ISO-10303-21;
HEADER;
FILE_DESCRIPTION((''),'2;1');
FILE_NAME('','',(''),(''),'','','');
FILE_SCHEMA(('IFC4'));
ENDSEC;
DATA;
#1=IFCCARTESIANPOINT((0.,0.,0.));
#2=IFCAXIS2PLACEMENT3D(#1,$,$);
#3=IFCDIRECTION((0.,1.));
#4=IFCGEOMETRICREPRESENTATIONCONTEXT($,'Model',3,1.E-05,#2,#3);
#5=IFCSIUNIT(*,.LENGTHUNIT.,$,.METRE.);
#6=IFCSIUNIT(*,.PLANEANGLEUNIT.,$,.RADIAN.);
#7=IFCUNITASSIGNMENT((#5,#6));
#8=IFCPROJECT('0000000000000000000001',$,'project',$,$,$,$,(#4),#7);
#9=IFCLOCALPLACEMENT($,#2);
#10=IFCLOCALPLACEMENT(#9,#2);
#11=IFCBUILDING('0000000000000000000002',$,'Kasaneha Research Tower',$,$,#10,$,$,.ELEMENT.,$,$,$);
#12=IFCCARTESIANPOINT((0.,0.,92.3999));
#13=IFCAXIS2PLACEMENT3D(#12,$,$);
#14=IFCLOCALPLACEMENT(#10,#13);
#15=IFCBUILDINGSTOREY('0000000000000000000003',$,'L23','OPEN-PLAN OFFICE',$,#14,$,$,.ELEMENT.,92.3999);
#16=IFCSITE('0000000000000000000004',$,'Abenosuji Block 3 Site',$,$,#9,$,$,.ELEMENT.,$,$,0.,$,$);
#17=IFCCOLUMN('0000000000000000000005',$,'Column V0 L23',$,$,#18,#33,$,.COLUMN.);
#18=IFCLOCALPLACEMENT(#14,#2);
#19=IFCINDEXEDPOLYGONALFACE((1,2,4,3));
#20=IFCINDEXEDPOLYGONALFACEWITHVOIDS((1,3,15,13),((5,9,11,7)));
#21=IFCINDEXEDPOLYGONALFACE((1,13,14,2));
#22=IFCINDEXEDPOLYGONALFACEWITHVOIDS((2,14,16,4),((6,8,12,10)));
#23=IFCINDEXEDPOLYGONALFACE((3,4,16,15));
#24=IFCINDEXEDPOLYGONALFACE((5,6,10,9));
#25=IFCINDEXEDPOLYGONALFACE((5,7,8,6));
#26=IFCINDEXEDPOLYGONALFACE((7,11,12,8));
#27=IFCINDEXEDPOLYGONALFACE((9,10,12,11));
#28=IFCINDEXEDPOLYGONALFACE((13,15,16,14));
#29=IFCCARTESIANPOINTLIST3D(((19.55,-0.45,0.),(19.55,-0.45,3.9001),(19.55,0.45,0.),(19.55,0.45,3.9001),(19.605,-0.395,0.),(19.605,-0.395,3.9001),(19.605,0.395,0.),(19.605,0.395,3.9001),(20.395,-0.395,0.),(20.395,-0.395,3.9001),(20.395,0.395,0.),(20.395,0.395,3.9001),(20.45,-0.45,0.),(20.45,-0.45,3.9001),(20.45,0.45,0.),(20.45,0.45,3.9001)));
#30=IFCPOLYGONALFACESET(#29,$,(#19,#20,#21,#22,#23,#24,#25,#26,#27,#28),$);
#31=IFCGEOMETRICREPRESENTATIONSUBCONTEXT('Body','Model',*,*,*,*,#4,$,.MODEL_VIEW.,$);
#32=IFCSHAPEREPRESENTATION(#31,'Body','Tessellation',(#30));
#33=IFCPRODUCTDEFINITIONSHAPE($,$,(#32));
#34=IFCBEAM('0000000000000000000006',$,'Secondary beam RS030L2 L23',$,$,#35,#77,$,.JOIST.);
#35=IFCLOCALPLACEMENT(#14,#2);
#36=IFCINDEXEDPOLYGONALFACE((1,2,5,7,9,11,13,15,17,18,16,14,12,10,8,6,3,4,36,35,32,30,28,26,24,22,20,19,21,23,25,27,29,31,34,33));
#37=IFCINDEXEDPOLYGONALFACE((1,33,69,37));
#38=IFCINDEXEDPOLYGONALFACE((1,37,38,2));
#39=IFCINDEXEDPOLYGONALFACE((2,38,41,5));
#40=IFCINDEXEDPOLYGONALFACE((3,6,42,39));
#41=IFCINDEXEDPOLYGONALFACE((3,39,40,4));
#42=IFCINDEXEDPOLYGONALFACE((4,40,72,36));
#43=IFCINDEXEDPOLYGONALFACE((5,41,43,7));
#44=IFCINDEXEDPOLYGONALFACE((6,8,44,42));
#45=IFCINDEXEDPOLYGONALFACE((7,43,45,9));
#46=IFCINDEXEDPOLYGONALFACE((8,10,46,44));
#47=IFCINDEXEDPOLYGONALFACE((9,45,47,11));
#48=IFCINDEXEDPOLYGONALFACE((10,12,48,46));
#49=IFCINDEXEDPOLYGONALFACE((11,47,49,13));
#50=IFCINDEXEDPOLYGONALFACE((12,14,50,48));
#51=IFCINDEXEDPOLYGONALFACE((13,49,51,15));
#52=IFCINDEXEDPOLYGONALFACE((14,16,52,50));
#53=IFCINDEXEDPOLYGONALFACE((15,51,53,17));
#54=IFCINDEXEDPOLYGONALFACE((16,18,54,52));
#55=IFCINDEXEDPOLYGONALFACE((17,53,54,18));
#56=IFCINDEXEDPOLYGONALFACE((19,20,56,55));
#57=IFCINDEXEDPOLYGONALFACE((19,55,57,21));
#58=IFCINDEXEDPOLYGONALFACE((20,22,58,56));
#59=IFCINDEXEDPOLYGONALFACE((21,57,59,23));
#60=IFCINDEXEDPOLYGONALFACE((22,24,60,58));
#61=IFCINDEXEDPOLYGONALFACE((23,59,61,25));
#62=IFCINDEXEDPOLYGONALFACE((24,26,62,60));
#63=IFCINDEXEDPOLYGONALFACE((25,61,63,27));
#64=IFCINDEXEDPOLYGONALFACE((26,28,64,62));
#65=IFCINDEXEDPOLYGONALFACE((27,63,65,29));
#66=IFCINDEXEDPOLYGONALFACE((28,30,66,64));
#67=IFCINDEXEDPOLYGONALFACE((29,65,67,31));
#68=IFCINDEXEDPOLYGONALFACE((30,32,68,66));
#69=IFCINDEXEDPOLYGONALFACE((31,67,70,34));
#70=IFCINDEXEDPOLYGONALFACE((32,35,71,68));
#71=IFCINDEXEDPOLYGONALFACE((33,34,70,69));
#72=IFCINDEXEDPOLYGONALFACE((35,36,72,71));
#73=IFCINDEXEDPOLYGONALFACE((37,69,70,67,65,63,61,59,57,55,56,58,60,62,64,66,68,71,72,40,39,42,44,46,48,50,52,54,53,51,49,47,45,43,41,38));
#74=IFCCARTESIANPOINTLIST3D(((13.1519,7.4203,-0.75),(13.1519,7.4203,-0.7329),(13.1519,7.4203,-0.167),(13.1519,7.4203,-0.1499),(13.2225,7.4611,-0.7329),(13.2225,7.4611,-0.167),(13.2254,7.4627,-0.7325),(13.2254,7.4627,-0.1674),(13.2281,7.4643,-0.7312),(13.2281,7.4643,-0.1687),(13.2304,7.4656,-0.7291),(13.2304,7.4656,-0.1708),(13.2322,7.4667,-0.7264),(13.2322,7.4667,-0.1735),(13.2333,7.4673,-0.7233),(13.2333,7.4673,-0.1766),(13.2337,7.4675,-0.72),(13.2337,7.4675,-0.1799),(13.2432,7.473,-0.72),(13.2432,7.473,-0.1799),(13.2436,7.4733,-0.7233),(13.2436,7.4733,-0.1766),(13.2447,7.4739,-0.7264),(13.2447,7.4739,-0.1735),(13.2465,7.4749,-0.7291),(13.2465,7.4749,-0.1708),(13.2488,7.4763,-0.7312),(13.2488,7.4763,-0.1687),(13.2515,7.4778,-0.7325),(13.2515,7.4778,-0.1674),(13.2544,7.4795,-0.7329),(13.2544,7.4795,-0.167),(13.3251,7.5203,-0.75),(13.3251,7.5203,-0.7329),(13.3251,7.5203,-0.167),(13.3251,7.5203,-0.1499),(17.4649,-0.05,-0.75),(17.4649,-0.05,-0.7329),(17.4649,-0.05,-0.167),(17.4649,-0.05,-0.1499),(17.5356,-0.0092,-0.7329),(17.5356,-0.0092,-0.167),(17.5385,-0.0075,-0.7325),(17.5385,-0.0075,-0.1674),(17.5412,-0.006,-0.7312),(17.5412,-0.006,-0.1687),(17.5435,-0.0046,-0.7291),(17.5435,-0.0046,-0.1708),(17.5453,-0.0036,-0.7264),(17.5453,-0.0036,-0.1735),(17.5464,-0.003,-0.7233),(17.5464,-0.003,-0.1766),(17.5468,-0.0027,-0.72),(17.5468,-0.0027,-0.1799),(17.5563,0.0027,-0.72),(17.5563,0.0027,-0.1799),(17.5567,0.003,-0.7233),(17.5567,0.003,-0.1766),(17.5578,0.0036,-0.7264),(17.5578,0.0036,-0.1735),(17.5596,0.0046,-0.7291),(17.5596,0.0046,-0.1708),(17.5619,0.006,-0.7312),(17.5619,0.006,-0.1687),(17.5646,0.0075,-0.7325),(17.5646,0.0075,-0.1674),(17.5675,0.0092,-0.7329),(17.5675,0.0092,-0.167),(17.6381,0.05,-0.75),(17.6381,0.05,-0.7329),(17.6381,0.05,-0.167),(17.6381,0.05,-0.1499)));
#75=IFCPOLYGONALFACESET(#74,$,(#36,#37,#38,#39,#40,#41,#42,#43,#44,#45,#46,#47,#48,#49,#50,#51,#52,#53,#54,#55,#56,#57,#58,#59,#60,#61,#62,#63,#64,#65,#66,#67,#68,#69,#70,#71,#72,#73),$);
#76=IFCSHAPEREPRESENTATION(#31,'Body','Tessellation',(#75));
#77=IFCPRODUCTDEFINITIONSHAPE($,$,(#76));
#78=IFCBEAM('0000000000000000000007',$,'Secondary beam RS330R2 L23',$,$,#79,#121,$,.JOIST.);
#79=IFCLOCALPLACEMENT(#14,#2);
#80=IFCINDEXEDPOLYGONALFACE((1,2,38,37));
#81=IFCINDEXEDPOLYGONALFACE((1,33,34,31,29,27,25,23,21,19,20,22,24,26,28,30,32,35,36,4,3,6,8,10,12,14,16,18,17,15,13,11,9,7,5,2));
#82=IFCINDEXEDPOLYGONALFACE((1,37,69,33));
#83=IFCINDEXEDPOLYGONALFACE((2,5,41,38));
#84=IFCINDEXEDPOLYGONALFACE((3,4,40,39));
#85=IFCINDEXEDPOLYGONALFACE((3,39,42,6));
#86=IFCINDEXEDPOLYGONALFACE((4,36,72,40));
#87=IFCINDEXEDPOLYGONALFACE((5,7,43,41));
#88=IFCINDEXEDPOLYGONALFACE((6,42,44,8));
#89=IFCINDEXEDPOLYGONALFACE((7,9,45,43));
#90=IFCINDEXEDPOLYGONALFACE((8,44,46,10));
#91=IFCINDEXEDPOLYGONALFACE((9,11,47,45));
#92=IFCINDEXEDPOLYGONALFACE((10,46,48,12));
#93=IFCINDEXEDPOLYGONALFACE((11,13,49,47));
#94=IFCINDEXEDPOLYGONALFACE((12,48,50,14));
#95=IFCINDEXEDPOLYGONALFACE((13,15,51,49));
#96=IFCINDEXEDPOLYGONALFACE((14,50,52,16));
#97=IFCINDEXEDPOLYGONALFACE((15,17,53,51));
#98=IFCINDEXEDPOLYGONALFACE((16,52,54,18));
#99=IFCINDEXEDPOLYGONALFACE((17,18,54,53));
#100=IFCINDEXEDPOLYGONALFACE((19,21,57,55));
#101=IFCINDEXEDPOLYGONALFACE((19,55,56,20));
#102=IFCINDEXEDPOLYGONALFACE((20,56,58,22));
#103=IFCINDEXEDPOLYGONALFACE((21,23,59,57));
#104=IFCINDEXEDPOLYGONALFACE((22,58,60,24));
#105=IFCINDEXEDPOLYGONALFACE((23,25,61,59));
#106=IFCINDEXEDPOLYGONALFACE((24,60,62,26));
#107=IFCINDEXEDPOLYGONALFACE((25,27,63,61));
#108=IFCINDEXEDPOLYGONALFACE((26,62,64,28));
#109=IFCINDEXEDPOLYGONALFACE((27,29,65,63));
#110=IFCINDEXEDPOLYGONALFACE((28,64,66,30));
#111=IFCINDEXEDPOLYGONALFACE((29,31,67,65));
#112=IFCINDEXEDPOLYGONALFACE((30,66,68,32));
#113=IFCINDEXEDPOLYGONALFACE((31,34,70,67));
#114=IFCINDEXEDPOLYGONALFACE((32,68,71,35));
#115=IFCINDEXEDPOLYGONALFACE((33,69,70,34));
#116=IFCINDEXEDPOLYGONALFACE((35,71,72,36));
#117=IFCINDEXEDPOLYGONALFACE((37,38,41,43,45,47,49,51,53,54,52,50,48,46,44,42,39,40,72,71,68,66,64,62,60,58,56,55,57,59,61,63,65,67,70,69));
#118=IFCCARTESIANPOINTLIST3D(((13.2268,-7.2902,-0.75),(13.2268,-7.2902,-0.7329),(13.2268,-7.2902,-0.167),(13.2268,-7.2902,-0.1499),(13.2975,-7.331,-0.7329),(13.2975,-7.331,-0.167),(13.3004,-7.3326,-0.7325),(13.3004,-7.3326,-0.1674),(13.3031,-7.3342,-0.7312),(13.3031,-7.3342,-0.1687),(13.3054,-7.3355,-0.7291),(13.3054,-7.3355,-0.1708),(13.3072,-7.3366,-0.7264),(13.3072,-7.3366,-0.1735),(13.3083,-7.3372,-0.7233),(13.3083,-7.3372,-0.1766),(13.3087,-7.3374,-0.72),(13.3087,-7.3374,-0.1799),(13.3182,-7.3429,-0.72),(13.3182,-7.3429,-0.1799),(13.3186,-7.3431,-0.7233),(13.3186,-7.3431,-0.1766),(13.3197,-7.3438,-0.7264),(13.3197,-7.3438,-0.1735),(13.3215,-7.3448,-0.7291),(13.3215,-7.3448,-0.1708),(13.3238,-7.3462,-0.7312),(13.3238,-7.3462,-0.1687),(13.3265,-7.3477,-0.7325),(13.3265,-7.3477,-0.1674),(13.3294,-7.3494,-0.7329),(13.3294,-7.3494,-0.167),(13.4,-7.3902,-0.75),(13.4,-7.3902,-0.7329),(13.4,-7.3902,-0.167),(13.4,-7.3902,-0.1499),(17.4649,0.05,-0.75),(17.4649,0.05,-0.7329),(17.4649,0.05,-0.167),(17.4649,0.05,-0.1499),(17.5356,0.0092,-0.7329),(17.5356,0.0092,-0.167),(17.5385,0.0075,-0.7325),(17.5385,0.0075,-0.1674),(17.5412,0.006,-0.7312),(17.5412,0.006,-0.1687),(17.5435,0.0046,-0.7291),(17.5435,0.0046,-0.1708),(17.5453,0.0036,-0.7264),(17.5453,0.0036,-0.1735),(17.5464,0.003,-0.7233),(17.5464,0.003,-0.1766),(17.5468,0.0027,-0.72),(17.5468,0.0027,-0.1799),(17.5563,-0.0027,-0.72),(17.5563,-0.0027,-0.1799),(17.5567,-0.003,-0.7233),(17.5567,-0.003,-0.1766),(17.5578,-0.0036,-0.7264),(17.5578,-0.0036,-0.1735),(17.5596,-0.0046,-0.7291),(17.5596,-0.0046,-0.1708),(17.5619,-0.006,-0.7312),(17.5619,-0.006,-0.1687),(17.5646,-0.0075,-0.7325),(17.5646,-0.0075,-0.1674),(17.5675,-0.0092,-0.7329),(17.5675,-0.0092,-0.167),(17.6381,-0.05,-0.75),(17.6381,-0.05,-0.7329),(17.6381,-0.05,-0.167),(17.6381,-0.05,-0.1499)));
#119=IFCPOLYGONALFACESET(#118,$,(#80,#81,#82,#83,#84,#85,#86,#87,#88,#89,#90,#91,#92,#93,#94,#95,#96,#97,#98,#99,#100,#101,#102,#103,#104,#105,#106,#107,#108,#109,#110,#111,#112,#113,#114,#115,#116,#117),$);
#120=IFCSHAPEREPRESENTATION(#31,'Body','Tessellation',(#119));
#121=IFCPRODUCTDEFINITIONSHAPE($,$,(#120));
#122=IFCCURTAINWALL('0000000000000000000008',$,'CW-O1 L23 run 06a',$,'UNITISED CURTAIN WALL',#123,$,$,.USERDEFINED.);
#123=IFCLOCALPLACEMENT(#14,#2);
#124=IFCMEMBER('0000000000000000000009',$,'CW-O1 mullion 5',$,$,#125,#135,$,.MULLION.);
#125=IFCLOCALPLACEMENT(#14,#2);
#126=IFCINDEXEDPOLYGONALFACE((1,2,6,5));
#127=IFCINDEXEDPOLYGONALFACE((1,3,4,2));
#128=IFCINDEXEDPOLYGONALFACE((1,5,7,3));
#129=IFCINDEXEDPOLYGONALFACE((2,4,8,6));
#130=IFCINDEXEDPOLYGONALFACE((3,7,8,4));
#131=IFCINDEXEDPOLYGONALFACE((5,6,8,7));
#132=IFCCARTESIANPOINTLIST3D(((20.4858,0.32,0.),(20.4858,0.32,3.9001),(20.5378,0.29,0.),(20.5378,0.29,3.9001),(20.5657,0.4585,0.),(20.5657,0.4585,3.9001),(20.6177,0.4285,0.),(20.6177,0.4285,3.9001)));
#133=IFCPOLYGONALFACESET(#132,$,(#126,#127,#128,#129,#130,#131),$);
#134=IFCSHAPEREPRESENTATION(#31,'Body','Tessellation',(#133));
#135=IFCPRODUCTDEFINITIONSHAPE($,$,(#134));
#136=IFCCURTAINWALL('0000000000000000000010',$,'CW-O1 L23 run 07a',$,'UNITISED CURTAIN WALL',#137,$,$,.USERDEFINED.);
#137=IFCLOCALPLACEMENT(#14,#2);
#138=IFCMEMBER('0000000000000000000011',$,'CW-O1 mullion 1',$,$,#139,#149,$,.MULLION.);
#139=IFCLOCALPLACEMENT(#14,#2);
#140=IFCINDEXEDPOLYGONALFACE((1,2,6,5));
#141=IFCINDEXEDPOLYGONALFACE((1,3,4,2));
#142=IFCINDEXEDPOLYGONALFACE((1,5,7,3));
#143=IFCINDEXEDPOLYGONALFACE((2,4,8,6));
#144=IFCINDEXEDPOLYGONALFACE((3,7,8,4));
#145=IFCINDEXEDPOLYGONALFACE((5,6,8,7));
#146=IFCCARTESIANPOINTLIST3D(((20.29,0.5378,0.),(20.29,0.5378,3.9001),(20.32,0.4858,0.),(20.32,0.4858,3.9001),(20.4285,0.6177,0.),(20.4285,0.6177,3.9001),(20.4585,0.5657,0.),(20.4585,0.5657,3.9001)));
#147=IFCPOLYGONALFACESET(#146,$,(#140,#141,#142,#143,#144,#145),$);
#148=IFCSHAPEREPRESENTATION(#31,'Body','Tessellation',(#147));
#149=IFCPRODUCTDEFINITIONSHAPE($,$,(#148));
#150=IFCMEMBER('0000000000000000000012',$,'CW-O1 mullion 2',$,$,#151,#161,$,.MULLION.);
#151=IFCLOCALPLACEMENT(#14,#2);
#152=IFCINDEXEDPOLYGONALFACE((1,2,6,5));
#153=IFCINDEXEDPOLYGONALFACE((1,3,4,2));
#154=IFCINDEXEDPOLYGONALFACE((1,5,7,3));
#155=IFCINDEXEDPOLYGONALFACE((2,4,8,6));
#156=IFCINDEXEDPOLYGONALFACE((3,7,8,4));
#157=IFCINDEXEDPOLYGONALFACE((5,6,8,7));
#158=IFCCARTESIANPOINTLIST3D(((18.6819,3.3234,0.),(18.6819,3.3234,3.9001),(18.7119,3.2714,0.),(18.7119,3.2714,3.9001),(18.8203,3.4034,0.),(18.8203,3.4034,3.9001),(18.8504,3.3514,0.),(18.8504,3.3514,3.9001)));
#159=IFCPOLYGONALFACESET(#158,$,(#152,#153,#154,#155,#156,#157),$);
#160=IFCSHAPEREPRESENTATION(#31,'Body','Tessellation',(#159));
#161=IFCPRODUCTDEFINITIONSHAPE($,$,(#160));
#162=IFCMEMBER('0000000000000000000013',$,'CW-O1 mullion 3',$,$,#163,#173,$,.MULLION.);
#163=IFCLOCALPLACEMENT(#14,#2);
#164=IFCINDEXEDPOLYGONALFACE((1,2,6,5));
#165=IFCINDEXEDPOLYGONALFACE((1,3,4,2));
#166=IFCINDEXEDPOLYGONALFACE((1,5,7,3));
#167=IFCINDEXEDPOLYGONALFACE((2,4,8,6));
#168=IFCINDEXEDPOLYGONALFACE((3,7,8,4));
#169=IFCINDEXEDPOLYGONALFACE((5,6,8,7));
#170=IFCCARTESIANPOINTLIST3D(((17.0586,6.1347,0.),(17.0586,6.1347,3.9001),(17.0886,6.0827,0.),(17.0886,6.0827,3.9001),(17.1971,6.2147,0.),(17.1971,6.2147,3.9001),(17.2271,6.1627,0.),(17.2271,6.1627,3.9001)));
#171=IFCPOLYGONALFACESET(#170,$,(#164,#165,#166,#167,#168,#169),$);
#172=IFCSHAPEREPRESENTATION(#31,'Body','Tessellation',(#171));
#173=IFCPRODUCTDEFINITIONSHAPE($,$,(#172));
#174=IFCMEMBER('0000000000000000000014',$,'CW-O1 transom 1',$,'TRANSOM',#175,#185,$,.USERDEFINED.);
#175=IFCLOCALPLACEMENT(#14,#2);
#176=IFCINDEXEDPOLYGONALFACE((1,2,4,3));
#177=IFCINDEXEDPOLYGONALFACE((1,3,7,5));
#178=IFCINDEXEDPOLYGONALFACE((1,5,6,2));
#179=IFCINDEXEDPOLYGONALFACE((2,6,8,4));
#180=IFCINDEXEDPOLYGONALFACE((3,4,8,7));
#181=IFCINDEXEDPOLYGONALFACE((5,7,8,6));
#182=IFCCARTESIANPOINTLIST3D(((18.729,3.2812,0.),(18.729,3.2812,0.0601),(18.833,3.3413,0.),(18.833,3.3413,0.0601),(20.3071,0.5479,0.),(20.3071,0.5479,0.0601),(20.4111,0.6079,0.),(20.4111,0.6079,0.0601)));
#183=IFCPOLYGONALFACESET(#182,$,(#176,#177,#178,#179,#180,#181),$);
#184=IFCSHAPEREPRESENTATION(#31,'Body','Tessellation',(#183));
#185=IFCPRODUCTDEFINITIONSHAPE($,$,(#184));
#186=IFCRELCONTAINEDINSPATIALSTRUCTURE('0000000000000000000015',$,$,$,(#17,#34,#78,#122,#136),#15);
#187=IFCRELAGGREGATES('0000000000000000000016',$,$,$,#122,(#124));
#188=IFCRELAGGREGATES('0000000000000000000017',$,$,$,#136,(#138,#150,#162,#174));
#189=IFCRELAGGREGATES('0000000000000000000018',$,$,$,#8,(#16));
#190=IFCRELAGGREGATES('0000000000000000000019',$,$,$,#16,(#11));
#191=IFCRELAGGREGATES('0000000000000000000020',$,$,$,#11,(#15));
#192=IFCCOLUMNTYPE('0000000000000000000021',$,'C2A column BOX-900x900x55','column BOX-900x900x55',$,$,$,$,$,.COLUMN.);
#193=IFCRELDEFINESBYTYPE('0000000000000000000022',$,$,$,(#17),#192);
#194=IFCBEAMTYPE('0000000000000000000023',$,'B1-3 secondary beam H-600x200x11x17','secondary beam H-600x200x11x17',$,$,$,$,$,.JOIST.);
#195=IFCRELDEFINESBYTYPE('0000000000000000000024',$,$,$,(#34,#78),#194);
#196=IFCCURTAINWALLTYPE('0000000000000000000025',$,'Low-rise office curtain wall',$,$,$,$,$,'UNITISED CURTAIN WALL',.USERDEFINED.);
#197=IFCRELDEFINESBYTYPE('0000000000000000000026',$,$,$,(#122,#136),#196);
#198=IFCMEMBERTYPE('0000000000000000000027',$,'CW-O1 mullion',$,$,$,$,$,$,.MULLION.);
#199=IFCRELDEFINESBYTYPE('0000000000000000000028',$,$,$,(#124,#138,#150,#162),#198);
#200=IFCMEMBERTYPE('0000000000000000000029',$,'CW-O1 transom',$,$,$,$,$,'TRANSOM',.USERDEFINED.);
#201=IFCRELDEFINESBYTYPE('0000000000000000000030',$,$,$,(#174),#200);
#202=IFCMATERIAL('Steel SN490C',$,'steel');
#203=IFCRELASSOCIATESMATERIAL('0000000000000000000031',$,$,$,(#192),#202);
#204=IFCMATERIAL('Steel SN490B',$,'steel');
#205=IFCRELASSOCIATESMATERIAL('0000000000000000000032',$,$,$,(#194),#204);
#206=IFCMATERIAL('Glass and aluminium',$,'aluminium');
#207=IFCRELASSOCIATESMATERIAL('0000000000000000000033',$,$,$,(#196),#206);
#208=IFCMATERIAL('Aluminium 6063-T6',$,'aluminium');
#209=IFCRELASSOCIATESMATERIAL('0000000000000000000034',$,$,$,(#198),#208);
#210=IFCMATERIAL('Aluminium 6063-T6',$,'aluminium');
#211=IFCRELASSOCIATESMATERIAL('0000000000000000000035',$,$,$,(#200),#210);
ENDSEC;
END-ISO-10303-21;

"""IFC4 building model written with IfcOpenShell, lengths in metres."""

from ifc_helpers import new_model, si_unit, direction, frame, origin, origin_2d, place, context, subcontext, project, spatial, rectangle, hollow_rectangle, i_section, extrude, material, material_profile, profile_set, type_object, element, aggregate, save


model = new_model("IFC4")

# Units and contexts
model_context = context("Model", 3, precision=1e-05, world=origin(), true_north=direction((0.0, 1.0)))
body_context = subcontext(model_context, "Body", "Model", "MODEL_VIEW")
ifc_project = project(units=[si_unit("LENGTHUNIT", "METRE"), si_unit("PLANEANGLEUNIT", "RADIAN")], contexts=[model_context])

# Site, building, storey
site_placement = place(None, origin())
site = spatial("IfcSite", under=ifc_project, at=site_placement, Name="Abenosuji Block 3 Site", CompositionType="ELEMENT", RefElevation=0.0)
building_placement = place(site_placement, origin())
building = spatial("IfcBuilding", under=site, at=building_placement, Name="Kasaneha Research Tower", CompositionType="ELEMENT")
storey_placement = place(building_placement, frame((0.0, 0.0, 92.3999)))
storey = spatial("IfcBuildingStorey", under=building, at=storey_placement, Name="L23", Description="OPEN-PLAN OFFICE", CompositionType="ELEMENT", Elevation=92.3999)

# Column
ifc_material_1 = material(Name="Steel SN490C", Category="steel")
ifc_material_profile_1 = material_profile(ifc_material_1, hollow_rectangle(XDim=0.8999, YDim=0.8999, WallThickness=0.0549, at=origin_2d()), Name="BOX-900x900x55")
ifc_profile_set_1 = profile_set([ifc_material_profile_1], Name="Steel SN490C")
column_type = type_object("IfcColumnType", Name="C2A column BOX-900x900x55", Description="column BOX-900x900x55", PredefinedType="COLUMN", material=ifc_profile_set_1)
column_placement = place(storey_placement, frame((20.0, 0.0, 0.0), z_axis=(0.0, 0.0, 1.0), x_axis=(1.0, 0.0, 0.0)))
element("IfcColumn", 1, at=column_placement, inside=storey, type_object=column_type, Name="Column V0 L23", PredefinedType="COLUMN", context=body_context, shape_type="SweptSolid", body=[
    extrude(hollow_rectangle(XDim=0.8999, YDim=0.8999, WallThickness=0.0549, at=origin_2d()), origin(), (0.0, 0.0, 1.0), 3.9001),
])

# Beams
ifc_material_2 = material(Name="Steel SN490B", Category="steel")
ifc_material_profile_2 = material_profile(ifc_material_2, i_section(OverallWidth=0.2, OverallDepth=0.6001, WebThickness=0.011, FlangeThickness=0.0171, FilletRadius=0.0129, at=origin_2d()), Name="H-600x200x11x17")
ifc_profile_set_2 = profile_set([ifc_material_profile_2], Name="Steel SN490B")
beam_type_1 = type_object("IfcBeamType", Name="B1-3 secondary beam H-600x200x11x17", Description="secondary beam H-600x200x11x17", PredefinedType="JOIST", material=ifc_profile_set_2)
beam_1_placement = place(storey_placement, frame((17.5515, 0.0, -0.45), z_axis=(-0.500005, 0.866023, 0.0), x_axis=(-0.866023, -0.500005, 0.0)))
element("IfcBeam", 2, at=beam_1_placement, inside=storey, type_object=beam_type_1, Name="Secondary beam RS030L2 L23", PredefinedType="JOIST", context=body_context, shape_type="SweptSolid", body=[
    extrude(i_section(OverallWidth=0.2, OverallDepth=0.6001, WebThickness=0.011, FlangeThickness=0.0171, FilletRadius=0.0129, at=origin_2d()), origin(), (0.0, 0.0, 1.0), 8.626),
])
beam_2_placement = place(storey_placement, frame((17.5515, 0.0, -0.45), z_axis=(-0.500021, -0.866013, 0.0), x_axis=(0.866013, -0.500021, 0.0)))
element("IfcBeam", 3, at=beam_2_placement, inside=storey, type_object=beam_type_1, Name="Secondary beam RS330R2 L23", PredefinedType="JOIST", context=body_context, shape_type="SweptSolid", body=[
    extrude(i_section(OverallWidth=0.2, OverallDepth=0.6001, WebThickness=0.011, FlangeThickness=0.0171, FilletRadius=0.0129, at=origin_2d()), origin(), (0.0, 0.0, 1.0), 8.4758),
])

# Curtain wall, member
ifc_material_3 = material(Name="Glass and aluminium", Category="aluminium")
curtain_wall_type = type_object("IfcCurtainWallType", Name="Low-rise office curtain wall", ElementType="UNITISED CURTAIN WALL", PredefinedType="USERDEFINED", material=ifc_material_3)
curtain_wall_1_placement = place(storey_placement, origin())
curtain_wall_1 = element("IfcCurtainWall", 4, at=curtain_wall_1_placement, inside=storey, type_object=curtain_wall_type, Name="CW-O1 L23 run 06a", ObjectType="UNITISED CURTAIN WALL", PredefinedType="USERDEFINED")
ifc_material_4 = material(Name="Aluminium 6063-T6", Category="aluminium")
ifc_material_profile_3 = material_profile(ifc_material_4, rectangle(XDim=0.0601, YDim=0.1599, at=origin_2d()), Name="CW-O1 mullion 60x160")
ifc_profile_set_3 = profile_set([ifc_material_profile_3], Name="Aluminium 6063-T6")
member_type_1 = type_object("IfcMemberType", Name="CW-O1 mullion", PredefinedType="MULLION", material=ifc_profile_set_3)
member_1_placement = place(storey_placement, frame((20.5518, 0.3743, 0.0), z_axis=(0.0, 0.0, 1.0), x_axis=(-0.866025, 0.5, 0.0)))
member_1 = element("IfcMember", 5, at=member_1_placement, type_object=member_type_1, Name="CW-O1 mullion 5", PredefinedType="MULLION", context=body_context, shape_type="SweptSolid", body=[
    extrude(rectangle(XDim=0.0601, YDim=0.1599, at=origin_2d()), origin(), (0.0, 0.0, 1.0), 3.9001),
])
aggregate(curtain_wall_1, [member_1])

# Curtain wall, members
curtain_wall_2_placement = place(storey_placement, origin())
curtain_wall_2 = element("IfcCurtainWall", 6, at=curtain_wall_2_placement, inside=storey, type_object=curtain_wall_type, Name="CW-O1 L23 run 07a", ObjectType="UNITISED CURTAIN WALL", PredefinedType="USERDEFINED")
member_2_placement = place(storey_placement, frame((20.3743, 0.5518, 0.0), z_axis=(0.0, 0.0, 1.0), x_axis=(-0.5, 0.866025, 0.0)))
member_2 = element("IfcMember", 7, at=member_2_placement, type_object=member_type_1, Name="CW-O1 mullion 1", PredefinedType="MULLION", context=body_context, shape_type="SweptSolid", body=[
    extrude(rectangle(XDim=0.0601, YDim=0.1599, at=origin_2d()), origin(), (0.0, 0.0, 1.0), 3.9001),
])
member_3_placement = place(storey_placement, frame((18.7661, 3.3374, 0.0), z_axis=(0.0, 0.0, 1.0), x_axis=(-0.5, 0.866025, 0.0)))
member_3 = element("IfcMember", 8, at=member_3_placement, type_object=member_type_1, Name="CW-O1 mullion 2", PredefinedType="MULLION", context=body_context, shape_type="SweptSolid", body=[
    extrude(rectangle(XDim=0.0601, YDim=0.1599, at=origin_2d()), origin(), (0.0, 0.0, 1.0), 3.9001),
])
member_4_placement = place(storey_placement, frame((17.1428, 6.1487, 0.0), z_axis=(0.0, 0.0, 1.0), x_axis=(-0.5, 0.866025, 0.0)))
member_4 = element("IfcMember", 9, at=member_4_placement, type_object=member_type_1, Name="CW-O1 mullion 3", PredefinedType="MULLION", context=body_context, shape_type="SweptSolid", body=[
    extrude(rectangle(XDim=0.0601, YDim=0.1599, at=origin_2d()), origin(), (0.0, 0.0, 1.0), 3.9001),
])
ifc_material_5 = material(Name="Aluminium 6063-T6", Category="aluminium")
ifc_material_profile_4 = material_profile(ifc_material_5, rectangle(XDim=0.1201, YDim=0.0601, at=origin_2d()), Name="CW-O1 transom 120x60")
ifc_profile_set_4 = profile_set([ifc_material_profile_4], Name="Aluminium 6063-T6")
member_type_2 = type_object("IfcMemberType", Name="CW-O1 transom", ElementType="TRANSOM", PredefinedType="USERDEFINED", material=ifc_profile_set_4)
member_5_placement = place(storey_placement, frame((20.3591, 0.5779, 0.03), z_axis=(-0.499999, 0.866026, 0.0), x_axis=(-0.866026, -0.499999, 0.0)))
member_5 = element("IfcMember", 10, at=member_5_placement, type_object=member_type_2, Name="CW-O1 transom 1", ObjectType="TRANSOM", PredefinedType="USERDEFINED", context=body_context, shape_type="SweptSolid", body=[
    extrude(rectangle(XDim=0.1201, YDim=0.0601, at=origin_2d()), origin(), (0.0, 0.0, 1.0), 3.1562),
])

aggregate(curtain_wall_2, [member_2, member_3, member_4, member_5])

save(model, "model.ifc")
